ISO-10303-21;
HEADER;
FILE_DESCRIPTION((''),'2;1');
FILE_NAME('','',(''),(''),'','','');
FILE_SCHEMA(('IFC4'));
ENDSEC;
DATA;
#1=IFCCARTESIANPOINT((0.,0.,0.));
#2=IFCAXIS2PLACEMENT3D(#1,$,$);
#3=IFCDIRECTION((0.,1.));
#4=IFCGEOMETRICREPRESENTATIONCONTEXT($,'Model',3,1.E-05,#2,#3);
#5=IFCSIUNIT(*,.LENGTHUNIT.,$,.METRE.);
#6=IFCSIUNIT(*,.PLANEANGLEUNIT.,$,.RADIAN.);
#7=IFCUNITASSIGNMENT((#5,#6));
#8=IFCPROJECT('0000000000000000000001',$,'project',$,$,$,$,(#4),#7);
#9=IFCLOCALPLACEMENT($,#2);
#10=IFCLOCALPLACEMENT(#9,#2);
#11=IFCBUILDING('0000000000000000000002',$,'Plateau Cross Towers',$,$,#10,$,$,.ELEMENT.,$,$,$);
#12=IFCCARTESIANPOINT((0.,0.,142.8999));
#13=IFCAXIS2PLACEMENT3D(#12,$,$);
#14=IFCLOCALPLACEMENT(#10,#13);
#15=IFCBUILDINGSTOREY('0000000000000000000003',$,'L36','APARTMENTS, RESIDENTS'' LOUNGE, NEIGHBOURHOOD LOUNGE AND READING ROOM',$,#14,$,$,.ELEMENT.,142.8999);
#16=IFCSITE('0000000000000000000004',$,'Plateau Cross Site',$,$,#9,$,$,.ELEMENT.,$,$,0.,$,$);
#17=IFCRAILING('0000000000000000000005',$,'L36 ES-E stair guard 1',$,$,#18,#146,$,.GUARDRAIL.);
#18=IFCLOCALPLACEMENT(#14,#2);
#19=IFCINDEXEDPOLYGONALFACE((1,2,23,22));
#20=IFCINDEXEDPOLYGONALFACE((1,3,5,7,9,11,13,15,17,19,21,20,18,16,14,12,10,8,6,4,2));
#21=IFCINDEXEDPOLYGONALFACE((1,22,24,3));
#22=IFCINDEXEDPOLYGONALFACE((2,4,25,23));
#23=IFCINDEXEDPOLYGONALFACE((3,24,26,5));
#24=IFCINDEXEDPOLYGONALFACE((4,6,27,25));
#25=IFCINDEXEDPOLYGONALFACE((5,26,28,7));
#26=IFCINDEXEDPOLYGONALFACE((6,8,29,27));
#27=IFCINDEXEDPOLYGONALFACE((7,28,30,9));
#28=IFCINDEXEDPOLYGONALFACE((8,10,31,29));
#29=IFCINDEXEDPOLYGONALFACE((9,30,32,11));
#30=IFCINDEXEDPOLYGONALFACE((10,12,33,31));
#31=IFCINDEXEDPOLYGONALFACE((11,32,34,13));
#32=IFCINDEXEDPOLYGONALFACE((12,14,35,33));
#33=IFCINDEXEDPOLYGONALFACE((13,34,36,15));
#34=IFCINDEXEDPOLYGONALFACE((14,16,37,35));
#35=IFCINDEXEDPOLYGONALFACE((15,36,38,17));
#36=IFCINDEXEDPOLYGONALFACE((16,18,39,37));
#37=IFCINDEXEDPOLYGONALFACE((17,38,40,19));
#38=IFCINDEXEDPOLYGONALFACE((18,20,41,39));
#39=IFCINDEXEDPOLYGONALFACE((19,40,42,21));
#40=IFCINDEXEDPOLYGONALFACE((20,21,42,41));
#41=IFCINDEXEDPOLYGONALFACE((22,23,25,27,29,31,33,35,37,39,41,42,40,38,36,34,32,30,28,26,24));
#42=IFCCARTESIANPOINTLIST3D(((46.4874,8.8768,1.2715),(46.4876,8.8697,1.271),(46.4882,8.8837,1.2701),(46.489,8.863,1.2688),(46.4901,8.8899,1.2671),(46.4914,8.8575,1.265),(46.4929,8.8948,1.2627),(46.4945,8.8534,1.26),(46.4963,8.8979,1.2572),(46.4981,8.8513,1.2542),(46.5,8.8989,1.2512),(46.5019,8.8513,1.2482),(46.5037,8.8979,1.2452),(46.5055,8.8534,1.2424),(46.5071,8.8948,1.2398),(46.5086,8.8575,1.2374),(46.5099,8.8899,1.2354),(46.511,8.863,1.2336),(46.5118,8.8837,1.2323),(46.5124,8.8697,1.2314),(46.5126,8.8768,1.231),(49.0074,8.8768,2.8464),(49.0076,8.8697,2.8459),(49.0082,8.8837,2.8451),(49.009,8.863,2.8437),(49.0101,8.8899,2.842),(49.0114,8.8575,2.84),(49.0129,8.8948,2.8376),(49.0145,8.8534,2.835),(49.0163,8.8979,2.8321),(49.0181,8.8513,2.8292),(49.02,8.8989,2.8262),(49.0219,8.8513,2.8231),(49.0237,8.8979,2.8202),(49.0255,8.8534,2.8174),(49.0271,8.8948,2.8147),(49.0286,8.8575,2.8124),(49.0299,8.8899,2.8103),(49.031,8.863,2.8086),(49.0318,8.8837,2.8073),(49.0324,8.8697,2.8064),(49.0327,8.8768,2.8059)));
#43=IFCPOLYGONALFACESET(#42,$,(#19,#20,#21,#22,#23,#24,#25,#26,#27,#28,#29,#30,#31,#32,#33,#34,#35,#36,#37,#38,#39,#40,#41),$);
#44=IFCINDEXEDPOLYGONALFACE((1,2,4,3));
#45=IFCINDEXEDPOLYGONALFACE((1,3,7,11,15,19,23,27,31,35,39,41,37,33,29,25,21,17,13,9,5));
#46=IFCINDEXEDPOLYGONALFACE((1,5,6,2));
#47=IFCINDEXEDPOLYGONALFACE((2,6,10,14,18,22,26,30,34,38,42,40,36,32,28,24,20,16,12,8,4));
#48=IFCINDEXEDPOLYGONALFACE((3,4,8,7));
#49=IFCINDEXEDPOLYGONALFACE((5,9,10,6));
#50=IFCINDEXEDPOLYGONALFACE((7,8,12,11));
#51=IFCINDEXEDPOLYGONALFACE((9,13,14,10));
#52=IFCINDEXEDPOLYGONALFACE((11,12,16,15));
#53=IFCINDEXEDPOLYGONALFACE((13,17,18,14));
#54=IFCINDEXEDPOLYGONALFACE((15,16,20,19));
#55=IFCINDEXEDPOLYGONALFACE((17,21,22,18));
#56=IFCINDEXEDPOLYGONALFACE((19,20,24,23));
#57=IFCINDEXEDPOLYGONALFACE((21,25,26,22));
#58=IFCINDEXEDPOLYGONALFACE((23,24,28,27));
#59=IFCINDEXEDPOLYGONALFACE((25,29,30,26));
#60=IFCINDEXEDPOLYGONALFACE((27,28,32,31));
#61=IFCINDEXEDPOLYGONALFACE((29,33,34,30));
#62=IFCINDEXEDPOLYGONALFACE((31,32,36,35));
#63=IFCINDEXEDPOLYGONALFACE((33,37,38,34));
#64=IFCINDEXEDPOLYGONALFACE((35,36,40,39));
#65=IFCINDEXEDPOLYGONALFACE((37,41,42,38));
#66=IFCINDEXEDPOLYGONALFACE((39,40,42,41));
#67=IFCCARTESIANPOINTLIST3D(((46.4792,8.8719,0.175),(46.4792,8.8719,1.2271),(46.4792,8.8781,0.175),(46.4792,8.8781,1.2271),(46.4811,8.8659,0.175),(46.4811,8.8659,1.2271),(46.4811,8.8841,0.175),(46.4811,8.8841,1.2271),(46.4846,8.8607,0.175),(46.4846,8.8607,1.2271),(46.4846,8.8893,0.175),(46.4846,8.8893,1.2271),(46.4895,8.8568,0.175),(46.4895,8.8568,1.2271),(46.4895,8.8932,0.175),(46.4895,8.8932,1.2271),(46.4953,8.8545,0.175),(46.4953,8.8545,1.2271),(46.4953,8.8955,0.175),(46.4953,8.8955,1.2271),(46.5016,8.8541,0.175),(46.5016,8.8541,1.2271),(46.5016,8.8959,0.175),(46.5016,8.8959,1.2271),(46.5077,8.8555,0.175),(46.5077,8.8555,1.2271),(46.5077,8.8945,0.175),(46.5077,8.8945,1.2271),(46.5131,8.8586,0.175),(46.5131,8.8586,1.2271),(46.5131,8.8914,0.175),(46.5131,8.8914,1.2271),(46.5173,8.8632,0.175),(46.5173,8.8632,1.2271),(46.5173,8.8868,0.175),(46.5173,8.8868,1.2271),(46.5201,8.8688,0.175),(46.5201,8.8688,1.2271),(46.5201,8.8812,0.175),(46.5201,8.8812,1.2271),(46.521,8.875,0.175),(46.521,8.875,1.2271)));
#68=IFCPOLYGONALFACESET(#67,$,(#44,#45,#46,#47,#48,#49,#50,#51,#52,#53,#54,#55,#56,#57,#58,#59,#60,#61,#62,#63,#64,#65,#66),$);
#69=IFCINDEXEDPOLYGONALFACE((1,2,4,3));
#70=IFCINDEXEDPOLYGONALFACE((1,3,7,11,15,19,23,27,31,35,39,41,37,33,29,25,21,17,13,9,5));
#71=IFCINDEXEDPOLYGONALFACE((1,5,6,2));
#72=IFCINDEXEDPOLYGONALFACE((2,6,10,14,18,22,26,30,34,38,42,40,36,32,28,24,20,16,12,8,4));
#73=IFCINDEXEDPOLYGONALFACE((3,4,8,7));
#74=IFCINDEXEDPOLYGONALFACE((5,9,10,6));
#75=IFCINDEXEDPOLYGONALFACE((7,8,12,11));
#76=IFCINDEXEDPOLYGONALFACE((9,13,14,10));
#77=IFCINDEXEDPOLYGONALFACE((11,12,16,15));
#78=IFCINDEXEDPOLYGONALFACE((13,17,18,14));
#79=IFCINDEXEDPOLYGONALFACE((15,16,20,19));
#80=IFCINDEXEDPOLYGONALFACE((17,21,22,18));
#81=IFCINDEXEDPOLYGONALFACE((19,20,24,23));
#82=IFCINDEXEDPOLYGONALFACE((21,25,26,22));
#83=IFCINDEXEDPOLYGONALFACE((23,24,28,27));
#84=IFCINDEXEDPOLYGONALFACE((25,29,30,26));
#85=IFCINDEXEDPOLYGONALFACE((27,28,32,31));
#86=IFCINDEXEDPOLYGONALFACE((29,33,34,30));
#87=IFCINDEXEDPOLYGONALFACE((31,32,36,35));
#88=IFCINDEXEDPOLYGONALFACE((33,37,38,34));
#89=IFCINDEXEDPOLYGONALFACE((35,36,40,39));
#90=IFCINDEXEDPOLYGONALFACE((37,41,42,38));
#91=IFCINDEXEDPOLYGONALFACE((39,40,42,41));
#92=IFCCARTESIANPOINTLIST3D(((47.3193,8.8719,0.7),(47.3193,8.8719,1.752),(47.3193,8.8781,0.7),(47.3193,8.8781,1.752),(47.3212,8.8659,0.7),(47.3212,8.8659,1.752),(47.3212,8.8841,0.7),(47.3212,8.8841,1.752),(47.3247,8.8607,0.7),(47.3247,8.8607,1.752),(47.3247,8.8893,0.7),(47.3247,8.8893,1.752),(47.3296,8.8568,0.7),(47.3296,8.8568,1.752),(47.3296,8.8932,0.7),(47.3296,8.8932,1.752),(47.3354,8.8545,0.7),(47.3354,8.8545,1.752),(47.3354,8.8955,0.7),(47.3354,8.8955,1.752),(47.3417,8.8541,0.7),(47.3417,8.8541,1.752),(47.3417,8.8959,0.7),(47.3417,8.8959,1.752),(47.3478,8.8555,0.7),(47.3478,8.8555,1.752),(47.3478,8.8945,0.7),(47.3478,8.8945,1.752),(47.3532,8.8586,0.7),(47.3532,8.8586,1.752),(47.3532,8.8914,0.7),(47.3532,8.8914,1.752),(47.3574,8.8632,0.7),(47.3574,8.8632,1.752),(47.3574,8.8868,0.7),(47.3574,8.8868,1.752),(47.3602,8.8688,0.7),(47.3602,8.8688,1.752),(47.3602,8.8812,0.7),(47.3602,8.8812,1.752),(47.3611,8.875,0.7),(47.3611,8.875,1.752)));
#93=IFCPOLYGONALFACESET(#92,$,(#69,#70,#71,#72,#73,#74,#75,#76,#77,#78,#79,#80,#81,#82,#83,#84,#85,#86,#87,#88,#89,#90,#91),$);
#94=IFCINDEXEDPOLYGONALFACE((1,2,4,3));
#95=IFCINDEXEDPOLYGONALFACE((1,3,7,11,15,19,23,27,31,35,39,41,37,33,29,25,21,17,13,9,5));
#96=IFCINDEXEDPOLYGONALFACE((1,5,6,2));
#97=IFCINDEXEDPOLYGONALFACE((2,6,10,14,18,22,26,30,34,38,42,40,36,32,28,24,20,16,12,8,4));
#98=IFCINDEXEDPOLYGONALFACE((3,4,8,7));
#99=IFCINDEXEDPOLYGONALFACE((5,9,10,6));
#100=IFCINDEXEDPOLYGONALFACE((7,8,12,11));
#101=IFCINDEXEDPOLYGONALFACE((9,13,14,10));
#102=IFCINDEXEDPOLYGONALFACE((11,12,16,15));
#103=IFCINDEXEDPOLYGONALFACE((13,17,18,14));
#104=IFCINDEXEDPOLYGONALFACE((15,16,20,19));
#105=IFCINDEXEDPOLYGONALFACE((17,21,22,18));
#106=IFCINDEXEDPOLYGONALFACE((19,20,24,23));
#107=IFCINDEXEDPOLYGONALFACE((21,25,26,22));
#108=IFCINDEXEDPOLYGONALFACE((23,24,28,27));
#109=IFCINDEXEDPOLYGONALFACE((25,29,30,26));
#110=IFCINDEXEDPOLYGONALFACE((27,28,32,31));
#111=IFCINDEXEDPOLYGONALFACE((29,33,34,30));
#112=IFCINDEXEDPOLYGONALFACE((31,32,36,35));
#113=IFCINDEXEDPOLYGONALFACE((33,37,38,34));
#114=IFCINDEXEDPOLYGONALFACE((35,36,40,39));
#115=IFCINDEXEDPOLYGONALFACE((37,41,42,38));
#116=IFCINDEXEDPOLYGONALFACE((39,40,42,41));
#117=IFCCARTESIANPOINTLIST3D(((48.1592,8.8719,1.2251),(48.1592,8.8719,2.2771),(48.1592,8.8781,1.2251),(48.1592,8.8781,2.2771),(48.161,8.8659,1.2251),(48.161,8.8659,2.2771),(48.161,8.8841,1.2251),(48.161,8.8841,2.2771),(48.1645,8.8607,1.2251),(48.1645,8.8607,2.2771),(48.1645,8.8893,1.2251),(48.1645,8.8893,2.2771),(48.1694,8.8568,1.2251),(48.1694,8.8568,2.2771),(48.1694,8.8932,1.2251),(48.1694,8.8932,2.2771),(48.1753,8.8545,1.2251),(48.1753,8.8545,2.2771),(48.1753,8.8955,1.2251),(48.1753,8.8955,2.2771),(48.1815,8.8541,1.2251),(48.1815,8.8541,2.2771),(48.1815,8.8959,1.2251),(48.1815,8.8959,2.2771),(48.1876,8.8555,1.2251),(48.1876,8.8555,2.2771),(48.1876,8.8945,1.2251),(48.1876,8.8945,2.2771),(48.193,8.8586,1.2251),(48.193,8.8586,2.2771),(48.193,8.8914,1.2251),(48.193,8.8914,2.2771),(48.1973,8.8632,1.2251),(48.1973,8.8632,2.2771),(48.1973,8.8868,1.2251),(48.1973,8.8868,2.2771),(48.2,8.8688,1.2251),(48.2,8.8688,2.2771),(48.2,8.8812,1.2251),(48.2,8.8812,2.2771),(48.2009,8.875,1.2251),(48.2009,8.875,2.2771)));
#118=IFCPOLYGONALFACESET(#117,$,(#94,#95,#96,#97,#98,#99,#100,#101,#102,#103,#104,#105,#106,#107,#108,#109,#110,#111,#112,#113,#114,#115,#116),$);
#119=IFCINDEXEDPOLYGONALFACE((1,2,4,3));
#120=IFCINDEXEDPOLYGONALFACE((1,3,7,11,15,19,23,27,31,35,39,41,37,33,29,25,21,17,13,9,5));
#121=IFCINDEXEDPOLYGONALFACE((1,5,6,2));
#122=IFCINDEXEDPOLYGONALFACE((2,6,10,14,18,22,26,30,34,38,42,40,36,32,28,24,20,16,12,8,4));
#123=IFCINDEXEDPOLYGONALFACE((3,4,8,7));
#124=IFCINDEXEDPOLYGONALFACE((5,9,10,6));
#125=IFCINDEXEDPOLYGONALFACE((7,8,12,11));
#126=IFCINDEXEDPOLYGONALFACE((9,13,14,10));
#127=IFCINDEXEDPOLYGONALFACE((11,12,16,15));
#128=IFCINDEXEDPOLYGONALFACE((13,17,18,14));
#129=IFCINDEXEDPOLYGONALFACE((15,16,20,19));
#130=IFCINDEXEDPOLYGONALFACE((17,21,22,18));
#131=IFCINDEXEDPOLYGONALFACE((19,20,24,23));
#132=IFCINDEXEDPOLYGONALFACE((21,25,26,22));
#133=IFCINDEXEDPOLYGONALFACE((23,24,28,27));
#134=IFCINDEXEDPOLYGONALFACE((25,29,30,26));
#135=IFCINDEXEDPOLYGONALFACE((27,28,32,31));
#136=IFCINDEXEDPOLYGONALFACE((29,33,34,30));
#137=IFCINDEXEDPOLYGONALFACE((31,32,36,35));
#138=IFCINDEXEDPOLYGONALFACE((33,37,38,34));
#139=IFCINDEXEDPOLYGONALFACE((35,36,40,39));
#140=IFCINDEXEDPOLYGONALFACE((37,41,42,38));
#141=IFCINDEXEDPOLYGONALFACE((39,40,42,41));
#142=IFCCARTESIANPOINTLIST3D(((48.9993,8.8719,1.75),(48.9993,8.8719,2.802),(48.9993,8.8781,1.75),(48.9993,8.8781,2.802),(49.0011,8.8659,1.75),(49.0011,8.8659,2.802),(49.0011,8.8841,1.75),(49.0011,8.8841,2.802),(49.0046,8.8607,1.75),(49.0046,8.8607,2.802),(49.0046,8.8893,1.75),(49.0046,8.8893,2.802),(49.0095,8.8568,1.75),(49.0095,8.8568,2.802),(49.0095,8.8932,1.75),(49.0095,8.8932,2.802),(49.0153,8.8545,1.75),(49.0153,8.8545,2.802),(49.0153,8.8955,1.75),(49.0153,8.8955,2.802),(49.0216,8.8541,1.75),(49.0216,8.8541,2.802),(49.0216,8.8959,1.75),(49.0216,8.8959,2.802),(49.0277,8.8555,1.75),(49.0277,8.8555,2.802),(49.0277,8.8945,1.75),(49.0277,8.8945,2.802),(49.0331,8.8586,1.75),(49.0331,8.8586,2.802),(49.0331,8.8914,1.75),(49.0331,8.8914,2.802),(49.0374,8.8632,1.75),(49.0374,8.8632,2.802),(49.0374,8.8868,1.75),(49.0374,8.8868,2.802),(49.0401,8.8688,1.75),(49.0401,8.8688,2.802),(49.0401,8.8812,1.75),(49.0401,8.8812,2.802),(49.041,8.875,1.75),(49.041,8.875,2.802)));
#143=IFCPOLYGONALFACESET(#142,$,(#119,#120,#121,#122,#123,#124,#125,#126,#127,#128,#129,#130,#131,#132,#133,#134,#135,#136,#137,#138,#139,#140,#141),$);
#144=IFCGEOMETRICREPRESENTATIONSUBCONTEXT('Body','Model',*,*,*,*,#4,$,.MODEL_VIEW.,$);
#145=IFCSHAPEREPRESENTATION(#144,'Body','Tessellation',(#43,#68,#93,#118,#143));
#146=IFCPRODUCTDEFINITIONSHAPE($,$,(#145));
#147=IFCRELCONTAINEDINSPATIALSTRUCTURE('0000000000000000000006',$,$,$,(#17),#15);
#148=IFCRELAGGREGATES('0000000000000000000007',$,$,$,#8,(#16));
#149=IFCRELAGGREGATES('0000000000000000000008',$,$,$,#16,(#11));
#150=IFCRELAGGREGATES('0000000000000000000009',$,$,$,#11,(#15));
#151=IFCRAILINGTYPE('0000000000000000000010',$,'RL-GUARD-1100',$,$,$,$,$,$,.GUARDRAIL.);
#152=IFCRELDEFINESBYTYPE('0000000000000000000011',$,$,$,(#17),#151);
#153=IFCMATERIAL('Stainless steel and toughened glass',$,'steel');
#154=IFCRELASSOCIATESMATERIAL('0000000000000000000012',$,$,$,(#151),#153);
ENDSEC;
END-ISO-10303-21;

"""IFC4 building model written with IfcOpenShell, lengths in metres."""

from ifc_helpers import new_model, si_unit, direction, frame, origin, origin_2d, place, context, subcontext, project, spatial, circle, extrude, material, type_object, element, save


model = new_model("IFC4")

# Units and contexts
model_context = context("Model", 3, precision=1e-05, world=origin(), true_north=direction((0.0, 1.0)))
body_context = subcontext(model_context, "Body", "Model", "MODEL_VIEW")
ifc_project = project(units=[si_unit("LENGTHUNIT", "METRE"), si_unit("PLANEANGLEUNIT", "RADIAN")], contexts=[model_context])

# Site, building, storey
site_placement = place(None, origin())
site = spatial("IfcSite", under=ifc_project, at=site_placement, Name="Plateau Cross Site", CompositionType="ELEMENT", RefElevation=0.0)
building_placement = place(site_placement, origin())
building = spatial("IfcBuilding", under=site, at=building_placement, Name="Plateau Cross Towers", CompositionType="ELEMENT")
storey_placement = place(building_placement, frame((0.0, 0.0, 142.8999)))
storey = spatial("IfcBuildingStorey", under=building, at=storey_placement, Name="L36", Description="APARTMENTS, RESIDENTS' LOUNGE, NEIGHBOURHOOD LOUNGE AND READING ROOM", CompositionType="ELEMENT", Elevation=142.8999)

# Railing
ifc_material_1 = material(Name="Stainless steel and toughened glass", Category="steel")
railing_type_1 = type_object("IfcRailingType", Name="RL-GUARD-1100", PredefinedType="GUARDRAIL", material=ifc_material_1)
railing_1_placement = place(storey_placement, frame((46.5, 8.875, 0.175)))
element("IfcRailing", 1, at=railing_1_placement, inside=storey, type_object=railing_type_1, Name="L36 ES-E stair guard 1", PredefinedType="GUARDRAIL", context=body_context, shape_type="SweptSolid", body=[
    extrude(circle(Radius=0.0239, at=origin_2d()), frame((0.0, 0.0, 1.0762), z_axis=(0.848008, 0.0, 0.529984), x_axis=(0.0, 1.0, 0.0)), (0.0, 0.0, 1.0), 2.9717),
    extrude(circle(Radius=0.021, at=origin_2d()), origin(), (0.0, 0.0, 1.0), 1.052),
    extrude(circle(Radius=0.021, at=origin_2d()), frame((0.8401, 0.0, 0.5249)), (0.0, 0.0, 1.0), 1.052),
    extrude(circle(Radius=0.021, at=origin_2d()), frame((1.6799, 0.0, 1.05)), (0.0, 0.0, 1.0), 1.052),
    extrude(circle(Radius=0.021, at=origin_2d()), frame((2.52, 0.0, 1.575)), (0.0, 0.0, 1.0), 1.052),
])

save(model, "model.ifc")
